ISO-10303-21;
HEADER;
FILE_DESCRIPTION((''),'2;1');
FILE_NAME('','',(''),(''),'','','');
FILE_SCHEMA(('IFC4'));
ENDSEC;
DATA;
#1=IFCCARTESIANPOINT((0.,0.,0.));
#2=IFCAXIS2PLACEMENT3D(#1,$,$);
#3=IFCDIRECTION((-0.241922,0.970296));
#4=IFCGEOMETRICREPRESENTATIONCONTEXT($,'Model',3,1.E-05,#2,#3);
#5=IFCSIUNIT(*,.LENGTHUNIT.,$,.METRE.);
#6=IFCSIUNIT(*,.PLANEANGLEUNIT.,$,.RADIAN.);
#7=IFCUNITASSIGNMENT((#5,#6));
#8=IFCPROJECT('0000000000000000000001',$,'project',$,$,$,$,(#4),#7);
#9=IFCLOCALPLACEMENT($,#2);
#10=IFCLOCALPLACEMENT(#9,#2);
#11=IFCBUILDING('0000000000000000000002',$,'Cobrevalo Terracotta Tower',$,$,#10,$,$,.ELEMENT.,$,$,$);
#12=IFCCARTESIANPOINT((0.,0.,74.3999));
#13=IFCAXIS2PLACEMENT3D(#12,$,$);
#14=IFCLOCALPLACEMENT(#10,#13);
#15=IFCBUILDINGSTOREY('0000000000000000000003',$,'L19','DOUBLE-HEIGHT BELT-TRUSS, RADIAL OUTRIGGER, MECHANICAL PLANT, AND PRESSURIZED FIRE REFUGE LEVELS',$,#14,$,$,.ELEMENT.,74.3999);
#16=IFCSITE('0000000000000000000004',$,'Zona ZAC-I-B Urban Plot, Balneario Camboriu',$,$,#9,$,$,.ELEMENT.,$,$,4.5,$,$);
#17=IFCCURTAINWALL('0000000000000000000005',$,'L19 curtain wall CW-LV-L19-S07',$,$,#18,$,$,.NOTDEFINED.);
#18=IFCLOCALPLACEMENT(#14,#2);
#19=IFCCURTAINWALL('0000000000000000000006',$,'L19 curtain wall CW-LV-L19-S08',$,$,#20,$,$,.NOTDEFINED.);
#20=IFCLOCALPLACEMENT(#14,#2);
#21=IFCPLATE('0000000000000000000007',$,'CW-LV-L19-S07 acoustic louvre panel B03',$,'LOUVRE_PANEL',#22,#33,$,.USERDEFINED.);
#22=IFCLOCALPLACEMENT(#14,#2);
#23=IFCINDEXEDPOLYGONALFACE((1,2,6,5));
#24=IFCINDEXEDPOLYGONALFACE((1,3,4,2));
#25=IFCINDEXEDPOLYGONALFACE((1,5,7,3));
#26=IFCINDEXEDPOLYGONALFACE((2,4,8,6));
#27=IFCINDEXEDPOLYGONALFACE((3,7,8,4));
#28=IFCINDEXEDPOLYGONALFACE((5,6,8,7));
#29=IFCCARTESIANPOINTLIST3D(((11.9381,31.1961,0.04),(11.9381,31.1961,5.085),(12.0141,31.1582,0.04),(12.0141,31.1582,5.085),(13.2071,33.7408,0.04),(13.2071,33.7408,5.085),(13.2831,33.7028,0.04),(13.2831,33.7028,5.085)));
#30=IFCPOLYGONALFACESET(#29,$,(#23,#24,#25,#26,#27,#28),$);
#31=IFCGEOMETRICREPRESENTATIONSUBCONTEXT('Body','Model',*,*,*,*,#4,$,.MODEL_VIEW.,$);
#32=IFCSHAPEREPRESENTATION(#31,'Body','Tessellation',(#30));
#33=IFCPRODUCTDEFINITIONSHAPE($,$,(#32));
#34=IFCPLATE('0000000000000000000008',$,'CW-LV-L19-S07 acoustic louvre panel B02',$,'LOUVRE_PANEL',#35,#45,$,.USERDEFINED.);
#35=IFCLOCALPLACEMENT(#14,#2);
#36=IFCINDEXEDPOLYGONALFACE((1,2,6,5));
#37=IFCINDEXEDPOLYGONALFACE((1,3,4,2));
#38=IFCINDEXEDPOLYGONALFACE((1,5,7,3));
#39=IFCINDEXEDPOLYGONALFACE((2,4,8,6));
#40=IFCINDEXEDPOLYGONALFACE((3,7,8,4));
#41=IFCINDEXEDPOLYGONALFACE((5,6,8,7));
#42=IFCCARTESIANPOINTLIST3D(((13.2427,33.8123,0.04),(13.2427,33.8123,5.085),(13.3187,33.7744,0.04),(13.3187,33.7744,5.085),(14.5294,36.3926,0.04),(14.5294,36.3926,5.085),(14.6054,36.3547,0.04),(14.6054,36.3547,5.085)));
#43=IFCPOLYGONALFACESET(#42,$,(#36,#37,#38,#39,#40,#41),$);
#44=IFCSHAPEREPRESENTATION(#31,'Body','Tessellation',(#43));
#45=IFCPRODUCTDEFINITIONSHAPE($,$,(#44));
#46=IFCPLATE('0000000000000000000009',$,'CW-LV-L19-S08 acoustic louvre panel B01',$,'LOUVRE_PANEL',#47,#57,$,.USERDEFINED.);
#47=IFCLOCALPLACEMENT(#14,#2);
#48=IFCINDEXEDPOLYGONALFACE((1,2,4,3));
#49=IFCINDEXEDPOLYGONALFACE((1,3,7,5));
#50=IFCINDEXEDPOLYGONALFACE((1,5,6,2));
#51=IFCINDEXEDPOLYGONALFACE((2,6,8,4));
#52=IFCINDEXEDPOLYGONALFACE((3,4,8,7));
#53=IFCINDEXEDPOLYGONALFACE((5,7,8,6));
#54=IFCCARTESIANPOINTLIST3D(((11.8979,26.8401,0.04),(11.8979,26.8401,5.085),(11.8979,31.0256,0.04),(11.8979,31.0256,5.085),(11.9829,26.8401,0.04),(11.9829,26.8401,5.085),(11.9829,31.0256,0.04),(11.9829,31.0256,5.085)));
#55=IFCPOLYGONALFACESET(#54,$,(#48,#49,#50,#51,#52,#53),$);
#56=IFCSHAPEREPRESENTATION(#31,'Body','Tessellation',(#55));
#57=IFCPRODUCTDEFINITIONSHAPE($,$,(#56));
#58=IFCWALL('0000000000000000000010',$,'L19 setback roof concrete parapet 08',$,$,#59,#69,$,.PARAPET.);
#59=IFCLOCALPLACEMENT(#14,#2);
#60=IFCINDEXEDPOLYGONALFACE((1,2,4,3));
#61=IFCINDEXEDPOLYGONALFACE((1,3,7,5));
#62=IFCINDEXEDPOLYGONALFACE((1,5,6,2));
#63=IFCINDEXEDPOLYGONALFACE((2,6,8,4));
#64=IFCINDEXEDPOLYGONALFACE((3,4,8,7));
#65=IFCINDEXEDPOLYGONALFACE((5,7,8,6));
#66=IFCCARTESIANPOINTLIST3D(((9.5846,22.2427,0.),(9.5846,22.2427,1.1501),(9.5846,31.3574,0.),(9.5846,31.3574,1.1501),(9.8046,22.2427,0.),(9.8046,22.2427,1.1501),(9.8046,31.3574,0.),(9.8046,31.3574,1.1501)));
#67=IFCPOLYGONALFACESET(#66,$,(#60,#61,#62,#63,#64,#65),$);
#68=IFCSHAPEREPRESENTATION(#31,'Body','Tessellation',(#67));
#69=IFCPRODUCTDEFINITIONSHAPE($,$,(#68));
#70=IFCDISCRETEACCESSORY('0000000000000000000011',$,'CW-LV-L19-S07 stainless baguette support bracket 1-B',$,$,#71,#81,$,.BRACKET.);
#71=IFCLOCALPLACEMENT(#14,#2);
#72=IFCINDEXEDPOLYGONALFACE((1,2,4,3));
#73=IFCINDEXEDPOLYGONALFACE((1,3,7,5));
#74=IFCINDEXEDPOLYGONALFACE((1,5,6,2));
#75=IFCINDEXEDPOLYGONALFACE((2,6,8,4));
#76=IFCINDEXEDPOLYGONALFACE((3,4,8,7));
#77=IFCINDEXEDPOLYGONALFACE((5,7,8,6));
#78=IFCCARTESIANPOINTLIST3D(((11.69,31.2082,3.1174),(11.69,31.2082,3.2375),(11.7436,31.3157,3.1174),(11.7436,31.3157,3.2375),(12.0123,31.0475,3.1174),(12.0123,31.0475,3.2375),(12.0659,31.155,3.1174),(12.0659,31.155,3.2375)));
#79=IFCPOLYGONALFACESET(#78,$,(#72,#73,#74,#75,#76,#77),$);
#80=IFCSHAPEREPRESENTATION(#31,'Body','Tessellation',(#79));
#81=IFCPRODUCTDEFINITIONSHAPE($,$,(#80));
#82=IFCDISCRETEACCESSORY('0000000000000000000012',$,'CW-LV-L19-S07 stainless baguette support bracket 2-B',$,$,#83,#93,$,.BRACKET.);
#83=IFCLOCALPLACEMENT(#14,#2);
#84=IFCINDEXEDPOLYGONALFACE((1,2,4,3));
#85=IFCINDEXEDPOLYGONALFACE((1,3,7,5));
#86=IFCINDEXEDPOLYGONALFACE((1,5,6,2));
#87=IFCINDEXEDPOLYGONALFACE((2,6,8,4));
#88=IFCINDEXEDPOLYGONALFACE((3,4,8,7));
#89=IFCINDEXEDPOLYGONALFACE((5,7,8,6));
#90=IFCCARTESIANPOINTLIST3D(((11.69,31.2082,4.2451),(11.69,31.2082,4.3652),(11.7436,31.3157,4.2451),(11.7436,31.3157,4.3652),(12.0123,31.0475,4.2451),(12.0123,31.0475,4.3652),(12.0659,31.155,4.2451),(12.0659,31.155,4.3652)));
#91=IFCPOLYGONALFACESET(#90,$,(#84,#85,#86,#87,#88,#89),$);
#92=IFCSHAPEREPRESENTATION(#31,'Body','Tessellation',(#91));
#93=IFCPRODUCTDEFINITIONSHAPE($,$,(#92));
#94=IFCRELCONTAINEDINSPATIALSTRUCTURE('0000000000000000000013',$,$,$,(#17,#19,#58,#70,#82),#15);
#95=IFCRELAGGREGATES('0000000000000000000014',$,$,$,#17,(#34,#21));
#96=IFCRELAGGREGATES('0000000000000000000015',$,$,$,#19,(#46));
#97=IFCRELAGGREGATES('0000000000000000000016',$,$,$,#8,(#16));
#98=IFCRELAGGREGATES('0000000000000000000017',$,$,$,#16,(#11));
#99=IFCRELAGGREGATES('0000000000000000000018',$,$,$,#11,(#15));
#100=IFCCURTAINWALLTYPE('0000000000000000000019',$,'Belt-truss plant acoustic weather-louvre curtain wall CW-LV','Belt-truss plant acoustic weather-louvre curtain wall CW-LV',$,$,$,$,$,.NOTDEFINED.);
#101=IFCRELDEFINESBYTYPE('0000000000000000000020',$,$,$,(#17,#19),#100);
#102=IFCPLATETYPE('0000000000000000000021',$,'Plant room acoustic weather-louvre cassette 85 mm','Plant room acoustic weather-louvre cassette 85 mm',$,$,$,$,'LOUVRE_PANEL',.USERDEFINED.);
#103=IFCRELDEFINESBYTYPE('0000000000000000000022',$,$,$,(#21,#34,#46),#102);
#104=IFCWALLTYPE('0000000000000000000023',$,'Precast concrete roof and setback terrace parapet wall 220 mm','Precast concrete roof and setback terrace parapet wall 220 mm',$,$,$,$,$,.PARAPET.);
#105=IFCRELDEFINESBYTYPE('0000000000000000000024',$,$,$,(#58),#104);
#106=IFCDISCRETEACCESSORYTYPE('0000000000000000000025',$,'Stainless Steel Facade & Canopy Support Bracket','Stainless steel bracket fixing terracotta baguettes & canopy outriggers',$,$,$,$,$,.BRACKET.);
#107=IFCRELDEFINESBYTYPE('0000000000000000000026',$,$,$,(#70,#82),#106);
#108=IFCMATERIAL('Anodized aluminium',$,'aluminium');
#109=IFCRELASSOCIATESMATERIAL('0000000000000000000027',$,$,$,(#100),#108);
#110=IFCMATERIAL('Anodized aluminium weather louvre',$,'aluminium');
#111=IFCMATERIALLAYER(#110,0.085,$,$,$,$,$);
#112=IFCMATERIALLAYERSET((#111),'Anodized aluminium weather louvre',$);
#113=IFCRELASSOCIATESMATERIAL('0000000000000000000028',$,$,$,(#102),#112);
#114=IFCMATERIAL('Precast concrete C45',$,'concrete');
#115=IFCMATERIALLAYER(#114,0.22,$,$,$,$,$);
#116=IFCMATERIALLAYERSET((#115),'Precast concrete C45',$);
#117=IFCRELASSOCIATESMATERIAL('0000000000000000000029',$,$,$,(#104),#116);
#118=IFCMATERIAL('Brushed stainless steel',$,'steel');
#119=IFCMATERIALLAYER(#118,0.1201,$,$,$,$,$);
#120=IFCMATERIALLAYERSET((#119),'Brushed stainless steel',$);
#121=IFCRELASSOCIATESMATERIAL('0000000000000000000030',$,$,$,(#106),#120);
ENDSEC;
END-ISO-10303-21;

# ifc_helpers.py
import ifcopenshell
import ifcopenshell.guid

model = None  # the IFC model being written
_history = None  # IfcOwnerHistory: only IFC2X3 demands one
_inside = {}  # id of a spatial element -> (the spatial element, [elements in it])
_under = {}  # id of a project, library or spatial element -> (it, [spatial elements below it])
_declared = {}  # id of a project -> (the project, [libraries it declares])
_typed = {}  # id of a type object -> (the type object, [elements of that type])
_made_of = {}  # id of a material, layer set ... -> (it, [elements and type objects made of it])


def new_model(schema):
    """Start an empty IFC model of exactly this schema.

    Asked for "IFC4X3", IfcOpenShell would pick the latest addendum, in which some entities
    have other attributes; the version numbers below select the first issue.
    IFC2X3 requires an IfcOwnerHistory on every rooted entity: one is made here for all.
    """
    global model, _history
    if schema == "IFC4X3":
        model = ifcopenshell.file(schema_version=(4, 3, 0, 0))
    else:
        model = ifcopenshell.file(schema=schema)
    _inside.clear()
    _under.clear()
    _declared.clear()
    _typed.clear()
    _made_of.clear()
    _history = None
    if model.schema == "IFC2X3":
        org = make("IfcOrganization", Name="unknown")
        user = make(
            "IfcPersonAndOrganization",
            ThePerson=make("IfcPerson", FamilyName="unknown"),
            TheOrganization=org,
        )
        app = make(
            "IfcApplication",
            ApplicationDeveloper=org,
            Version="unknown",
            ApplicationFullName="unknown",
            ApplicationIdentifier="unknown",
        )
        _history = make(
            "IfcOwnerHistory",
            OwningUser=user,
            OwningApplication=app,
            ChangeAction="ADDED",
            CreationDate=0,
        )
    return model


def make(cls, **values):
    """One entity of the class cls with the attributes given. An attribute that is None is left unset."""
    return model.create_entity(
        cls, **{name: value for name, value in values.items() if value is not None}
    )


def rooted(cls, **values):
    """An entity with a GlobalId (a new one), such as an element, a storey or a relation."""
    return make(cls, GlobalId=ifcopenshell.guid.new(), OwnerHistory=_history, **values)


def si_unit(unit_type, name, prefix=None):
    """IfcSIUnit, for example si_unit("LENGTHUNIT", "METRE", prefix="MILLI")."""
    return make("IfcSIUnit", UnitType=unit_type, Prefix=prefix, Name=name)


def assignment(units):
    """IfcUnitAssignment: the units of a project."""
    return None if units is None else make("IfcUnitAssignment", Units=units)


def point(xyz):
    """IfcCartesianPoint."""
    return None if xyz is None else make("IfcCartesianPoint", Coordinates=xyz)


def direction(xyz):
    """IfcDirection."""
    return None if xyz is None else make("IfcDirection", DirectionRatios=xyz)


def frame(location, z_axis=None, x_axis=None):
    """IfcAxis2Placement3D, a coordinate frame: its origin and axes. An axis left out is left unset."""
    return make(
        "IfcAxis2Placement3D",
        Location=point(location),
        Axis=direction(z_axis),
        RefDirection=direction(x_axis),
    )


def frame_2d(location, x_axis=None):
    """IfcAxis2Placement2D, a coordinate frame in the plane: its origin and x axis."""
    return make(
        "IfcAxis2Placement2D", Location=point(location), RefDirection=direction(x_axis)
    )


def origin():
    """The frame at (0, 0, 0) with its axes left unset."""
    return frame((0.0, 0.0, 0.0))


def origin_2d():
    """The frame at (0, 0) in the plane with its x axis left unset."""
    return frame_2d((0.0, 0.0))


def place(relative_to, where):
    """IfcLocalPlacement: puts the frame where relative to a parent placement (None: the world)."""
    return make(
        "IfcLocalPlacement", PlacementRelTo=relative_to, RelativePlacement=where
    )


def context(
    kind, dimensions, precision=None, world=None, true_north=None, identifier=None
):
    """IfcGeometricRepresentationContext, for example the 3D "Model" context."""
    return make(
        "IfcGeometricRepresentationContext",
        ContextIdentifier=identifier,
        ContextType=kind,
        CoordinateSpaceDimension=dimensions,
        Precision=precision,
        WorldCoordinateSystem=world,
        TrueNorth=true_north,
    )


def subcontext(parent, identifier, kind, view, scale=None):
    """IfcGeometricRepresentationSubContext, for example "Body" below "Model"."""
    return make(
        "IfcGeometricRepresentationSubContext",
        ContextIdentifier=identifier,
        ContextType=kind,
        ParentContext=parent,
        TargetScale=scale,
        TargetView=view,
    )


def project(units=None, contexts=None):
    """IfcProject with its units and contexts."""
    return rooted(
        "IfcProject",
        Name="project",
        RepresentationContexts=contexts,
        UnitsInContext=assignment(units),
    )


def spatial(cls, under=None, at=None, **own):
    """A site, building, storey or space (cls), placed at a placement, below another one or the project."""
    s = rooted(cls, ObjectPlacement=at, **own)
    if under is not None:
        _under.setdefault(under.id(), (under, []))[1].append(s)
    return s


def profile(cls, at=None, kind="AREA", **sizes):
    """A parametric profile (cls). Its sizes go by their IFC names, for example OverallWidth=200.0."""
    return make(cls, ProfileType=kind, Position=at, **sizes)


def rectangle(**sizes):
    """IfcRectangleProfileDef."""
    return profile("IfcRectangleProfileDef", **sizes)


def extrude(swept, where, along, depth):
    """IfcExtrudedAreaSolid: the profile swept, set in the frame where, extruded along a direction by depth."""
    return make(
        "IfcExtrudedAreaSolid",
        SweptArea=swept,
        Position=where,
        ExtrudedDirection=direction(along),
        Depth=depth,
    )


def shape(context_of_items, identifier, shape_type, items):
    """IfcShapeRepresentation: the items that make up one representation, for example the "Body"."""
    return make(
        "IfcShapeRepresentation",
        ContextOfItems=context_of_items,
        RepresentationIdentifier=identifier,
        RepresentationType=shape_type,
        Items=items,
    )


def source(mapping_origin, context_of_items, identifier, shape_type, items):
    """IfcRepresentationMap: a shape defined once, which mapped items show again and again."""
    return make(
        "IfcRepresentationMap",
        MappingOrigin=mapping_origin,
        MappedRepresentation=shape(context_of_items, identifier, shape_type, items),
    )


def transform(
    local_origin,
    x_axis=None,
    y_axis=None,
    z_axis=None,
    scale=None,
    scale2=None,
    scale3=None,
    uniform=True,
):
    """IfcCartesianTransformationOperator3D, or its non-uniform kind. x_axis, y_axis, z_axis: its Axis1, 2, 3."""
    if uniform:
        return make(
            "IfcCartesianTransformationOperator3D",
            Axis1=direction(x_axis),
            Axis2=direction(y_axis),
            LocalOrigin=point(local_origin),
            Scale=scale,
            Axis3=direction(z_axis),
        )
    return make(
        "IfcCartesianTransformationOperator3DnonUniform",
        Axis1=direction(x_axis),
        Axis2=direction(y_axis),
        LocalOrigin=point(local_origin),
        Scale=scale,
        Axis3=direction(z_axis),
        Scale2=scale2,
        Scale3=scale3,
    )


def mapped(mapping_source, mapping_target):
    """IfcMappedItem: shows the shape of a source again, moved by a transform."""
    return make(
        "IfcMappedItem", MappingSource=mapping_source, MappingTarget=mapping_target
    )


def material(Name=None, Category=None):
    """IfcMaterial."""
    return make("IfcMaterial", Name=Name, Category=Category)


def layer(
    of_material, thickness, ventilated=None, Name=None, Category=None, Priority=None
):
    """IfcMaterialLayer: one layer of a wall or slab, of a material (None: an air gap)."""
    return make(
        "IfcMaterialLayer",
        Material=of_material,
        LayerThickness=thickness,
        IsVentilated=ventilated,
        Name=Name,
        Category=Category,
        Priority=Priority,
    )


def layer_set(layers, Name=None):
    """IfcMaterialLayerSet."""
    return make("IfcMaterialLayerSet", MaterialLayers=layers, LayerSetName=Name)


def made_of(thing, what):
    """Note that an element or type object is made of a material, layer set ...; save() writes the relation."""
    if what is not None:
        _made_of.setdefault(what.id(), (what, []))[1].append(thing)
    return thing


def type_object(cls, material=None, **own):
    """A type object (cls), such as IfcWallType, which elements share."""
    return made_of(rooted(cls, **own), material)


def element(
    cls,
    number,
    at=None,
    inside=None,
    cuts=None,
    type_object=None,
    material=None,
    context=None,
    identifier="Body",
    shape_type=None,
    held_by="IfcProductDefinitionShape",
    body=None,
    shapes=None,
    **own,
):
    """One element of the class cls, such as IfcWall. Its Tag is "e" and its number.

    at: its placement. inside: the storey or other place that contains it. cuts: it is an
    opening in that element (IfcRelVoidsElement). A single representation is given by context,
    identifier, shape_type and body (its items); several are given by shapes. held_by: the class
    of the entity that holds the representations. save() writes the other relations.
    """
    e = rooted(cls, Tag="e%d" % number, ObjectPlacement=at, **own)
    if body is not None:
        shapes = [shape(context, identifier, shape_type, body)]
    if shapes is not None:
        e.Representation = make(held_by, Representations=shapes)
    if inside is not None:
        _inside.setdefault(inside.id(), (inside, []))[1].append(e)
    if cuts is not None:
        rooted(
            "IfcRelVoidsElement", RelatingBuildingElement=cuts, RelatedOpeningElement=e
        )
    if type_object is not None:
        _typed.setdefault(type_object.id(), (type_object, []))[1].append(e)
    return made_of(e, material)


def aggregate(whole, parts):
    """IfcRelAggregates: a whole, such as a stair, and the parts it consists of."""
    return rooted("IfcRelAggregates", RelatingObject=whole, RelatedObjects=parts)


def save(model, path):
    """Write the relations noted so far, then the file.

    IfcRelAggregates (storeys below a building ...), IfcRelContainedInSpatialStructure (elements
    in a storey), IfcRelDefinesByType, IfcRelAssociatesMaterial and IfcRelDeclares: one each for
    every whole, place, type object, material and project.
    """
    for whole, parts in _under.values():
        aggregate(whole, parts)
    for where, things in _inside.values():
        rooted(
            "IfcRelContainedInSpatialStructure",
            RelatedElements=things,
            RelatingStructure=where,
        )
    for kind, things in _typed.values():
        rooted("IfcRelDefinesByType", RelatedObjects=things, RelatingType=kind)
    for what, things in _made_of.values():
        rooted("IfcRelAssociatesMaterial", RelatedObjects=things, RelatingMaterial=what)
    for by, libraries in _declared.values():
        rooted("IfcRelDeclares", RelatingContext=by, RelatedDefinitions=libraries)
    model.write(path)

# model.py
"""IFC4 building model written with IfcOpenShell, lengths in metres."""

from ifc_helpers import new_model, si_unit, direction, frame, frame_2d, origin, origin_2d, place, context, subcontext, project, spatial, rectangle, extrude, source, transform, mapped, material, layer, layer_set, type_object, element, aggregate, save


model = new_model("IFC4")

# Units and contexts
model_context = context("Model", 3, precision=1e-05, world=origin(), true_north=direction((-0.241922, 0.970296)))
body_context = subcontext(model_context, "Body", "Model", "MODEL_VIEW")
ifc_project = project(units=[si_unit("LENGTHUNIT", "METRE"), si_unit("PLANEANGLEUNIT", "RADIAN")], contexts=[model_context])

# Site, building, storey
site_placement = place(None, origin())
site = spatial("IfcSite", under=ifc_project, at=site_placement, Name="Zona ZAC-I-B Urban Plot, Balneario Camboriu", CompositionType="ELEMENT", RefElevation=4.5)
building_placement = place(site_placement, origin())
building = spatial("IfcBuilding", under=site, at=building_placement, Name="Cobrevalo Terracotta Tower", CompositionType="ELEMENT")
storey_placement = place(building_placement, frame((0.0, 0.0, 74.3999)))
storey = spatial("IfcBuildingStorey", under=building, at=storey_placement, Name="L19", Description="DOUBLE-HEIGHT BELT-TRUSS, RADIAL OUTRIGGER, MECHANICAL PLANT, AND PRESSURIZED FIRE REFUGE LEVELS", CompositionType="ELEMENT", Elevation=74.3999)

# Curtain walls
ifc_material_1 = material(Name="Anodized aluminium", Category="aluminium")
curtain_wall_type = type_object("IfcCurtainWallType", Name="Belt-truss plant acoustic weather-louvre curtain wall CW-LV", Description="Belt-truss plant acoustic weather-louvre curtain wall CW-LV", PredefinedType="NOTDEFINED", material=ifc_material_1)
curtain_wall_1_placement = place(storey_placement, origin())
curtain_wall_1 = element("IfcCurtainWall", 1, at=curtain_wall_1_placement, inside=storey, type_object=curtain_wall_type, Name="L19 curtain wall CW-LV-L19-S07", PredefinedType="NOTDEFINED")
curtain_wall_2_placement = place(storey_placement, origin())
curtain_wall_2 = element("IfcCurtainWall", 2, at=curtain_wall_2_placement, inside=storey, type_object=curtain_wall_type, Name="L19 curtain wall CW-LV-L19-S08", PredefinedType="NOTDEFINED")

# Plates
ifc_material_2 = material(Name="Anodized aluminium weather louvre", Category="aluminium")
ifc_layer_1 = layer(ifc_material_2, 0.085)
ifc_layer_set_1 = layer_set([ifc_layer_1], Name="Anodized aluminium weather louvre")
plate_type_1 = type_object("IfcPlateType", Name="Plant room acoustic weather-louvre cassette 85 mm", Description="Plant room acoustic weather-louvre cassette 85 mm", ElementType="LOUVRE_PANEL", PredefinedType="USERDEFINED", material=ifc_layer_set_1)
shared_shape_1 = source(origin(), body_context, "Body", "SweptSolid", [
    extrude(rectangle(XDim=2.8435, YDim=0.085, at=origin_2d()), origin(), (0.0, 0.0, 1.0), 5.0449),
])
plate_1_placement = place(storey_placement, frame((12.6106, 32.4495, 0.04), z_axis=(0.0, 0.0, 1.0), x_axis=(-0.446262, -0.894902, 0.0)))
plate_1 = element("IfcPlate", 3, at=plate_1_placement, type_object=plate_type_1, Name="CW-LV-L19-S07 acoustic louvre panel B03", ObjectType="LOUVRE_PANEL", PredefinedType="USERDEFINED", context=body_context, shape_type="MappedRepresentation", body=[
    mapped(shared_shape_1, transform((0.0, 0.0, 0.0), scale=1.0)),
])
shared_shape_2 = source(origin(), body_context, "Body", "SweptSolid", [
    extrude(rectangle(XDim=2.8833, YDim=0.085, at=origin_2d()), origin(), (0.0, 0.0, 1.0), 5.0449),
])
plate_2_placement = place(storey_placement, frame((13.9241, 35.0835, 0.04), z_axis=(0.0, 0.0, 1.0), x_axis=(-0.446262, -0.894902, 0.0)))
plate_2 = element("IfcPlate", 4, at=plate_2_placement, type_object=plate_type_1, Name="CW-LV-L19-S07 acoustic louvre panel B02", ObjectType="LOUVRE_PANEL", PredefinedType="USERDEFINED", context=body_context, shape_type="MappedRepresentation", body=[
    mapped(shared_shape_2, transform((0.0, 0.0, 0.0), scale=1.0)),
])
aggregate(curtain_wall_1, [plate_2, plate_1])
shared_shape_3 = source(origin(), body_context, "Body", "SweptSolid", [
    extrude(rectangle(XDim=4.1855, YDim=0.085, at=origin_2d()), origin(), (0.0, 0.0, 1.0), 5.0449),
])
plate_3_placement = place(storey_placement, frame((11.9404, 28.9329, 0.04), z_axis=(0.0, 0.0, 1.0), x_axis=(0.0, -1.0, 0.0)))
plate_3 = element("IfcPlate", 5, at=plate_3_placement, type_object=plate_type_1, Name="CW-LV-L19-S08 acoustic louvre panel B01", ObjectType="LOUVRE_PANEL", PredefinedType="USERDEFINED", context=body_context, shape_type="MappedRepresentation", body=[
    mapped(shared_shape_3, transform((0.0, 0.0, 0.0), scale=1.0)),
])
aggregate(curtain_wall_2, [plate_3])

# Wall
ifc_material_3 = material(Name="Precast concrete C45", Category="concrete")
ifc_layer_2 = layer(ifc_material_3, 0.22)
ifc_layer_set_2 = layer_set([ifc_layer_2], Name="Precast concrete C45")
wall_type = type_object("IfcWallType", Name="Precast concrete roof and setback terrace parapet wall 220 mm", Description="Precast concrete roof and setback terrace parapet wall 220 mm", PredefinedType="PARAPET", material=ifc_layer_set_2)
wall_placement = place(storey_placement, frame((9.6946, 31.3574, 0.0), z_axis=(0.0, 0.0, 1.0), x_axis=(0.0, -1.0, 0.0)))
element("IfcWall", 6, at=wall_placement, inside=storey, type_object=wall_type, Name="L19 setback roof concrete parapet 08", PredefinedType="PARAPET", context=body_context, shape_type="SweptSolid", body=[
    extrude(rectangle(XDim=9.1147, YDim=0.22, at=frame_2d((4.5574, 0.0))), origin(), (0.0, 0.0, 1.0), 1.1501),
])

# Discrete accessories
ifc_material_4 = material(Name="Brushed stainless steel", Category="steel")
ifc_layer_3 = layer(ifc_material_4, 0.1201)
ifc_layer_set_3 = layer_set([ifc_layer_3], Name="Brushed stainless steel")
discrete_accessory_type = type_object("IfcDiscreteAccessoryType", Name="Stainless Steel Facade & Canopy Support Bracket", Description="Stainless steel bracket fixing terracotta baguettes & canopy outriggers", PredefinedType="BRACKET", material=ifc_layer_set_3)
shared_shape_4 = source(origin(), body_context, "Body", "SweptSolid", [
    extrude(rectangle(XDim=0.1201, YDim=0.3601, at=origin_2d()), origin(), (0.0, 0.0, 1.0), 0.1201),
])
for number, where, z_axis, x_axis, name in (
    (7, (11.8779, 31.1816, 3.1174), (0.0, 0.0, 1.0), (-0.446262, -0.894902, 0.0), "CW-LV-L19-S07 stainless baguette support bracket 1-B"),
    (8, (11.8779, 31.1816, 4.2451), (0.0, 0.0, 1.0), (-0.446262, -0.894902, 0.0), "CW-LV-L19-S07 stainless baguette support bracket 2-B"),
):
    element("IfcDiscreteAccessory", number, at=place(storey_placement, frame(where, z_axis=z_axis, x_axis=x_axis)), inside=storey, type_object=discrete_accessory_type, Name=name, PredefinedType="BRACKET", context=body_context, shape_type="MappedRepresentation", body=[
        mapped(shared_shape_4, transform((0.0, 0.0, 0.0), scale=1.0)),
    ])

save(model, "model.ifc")
